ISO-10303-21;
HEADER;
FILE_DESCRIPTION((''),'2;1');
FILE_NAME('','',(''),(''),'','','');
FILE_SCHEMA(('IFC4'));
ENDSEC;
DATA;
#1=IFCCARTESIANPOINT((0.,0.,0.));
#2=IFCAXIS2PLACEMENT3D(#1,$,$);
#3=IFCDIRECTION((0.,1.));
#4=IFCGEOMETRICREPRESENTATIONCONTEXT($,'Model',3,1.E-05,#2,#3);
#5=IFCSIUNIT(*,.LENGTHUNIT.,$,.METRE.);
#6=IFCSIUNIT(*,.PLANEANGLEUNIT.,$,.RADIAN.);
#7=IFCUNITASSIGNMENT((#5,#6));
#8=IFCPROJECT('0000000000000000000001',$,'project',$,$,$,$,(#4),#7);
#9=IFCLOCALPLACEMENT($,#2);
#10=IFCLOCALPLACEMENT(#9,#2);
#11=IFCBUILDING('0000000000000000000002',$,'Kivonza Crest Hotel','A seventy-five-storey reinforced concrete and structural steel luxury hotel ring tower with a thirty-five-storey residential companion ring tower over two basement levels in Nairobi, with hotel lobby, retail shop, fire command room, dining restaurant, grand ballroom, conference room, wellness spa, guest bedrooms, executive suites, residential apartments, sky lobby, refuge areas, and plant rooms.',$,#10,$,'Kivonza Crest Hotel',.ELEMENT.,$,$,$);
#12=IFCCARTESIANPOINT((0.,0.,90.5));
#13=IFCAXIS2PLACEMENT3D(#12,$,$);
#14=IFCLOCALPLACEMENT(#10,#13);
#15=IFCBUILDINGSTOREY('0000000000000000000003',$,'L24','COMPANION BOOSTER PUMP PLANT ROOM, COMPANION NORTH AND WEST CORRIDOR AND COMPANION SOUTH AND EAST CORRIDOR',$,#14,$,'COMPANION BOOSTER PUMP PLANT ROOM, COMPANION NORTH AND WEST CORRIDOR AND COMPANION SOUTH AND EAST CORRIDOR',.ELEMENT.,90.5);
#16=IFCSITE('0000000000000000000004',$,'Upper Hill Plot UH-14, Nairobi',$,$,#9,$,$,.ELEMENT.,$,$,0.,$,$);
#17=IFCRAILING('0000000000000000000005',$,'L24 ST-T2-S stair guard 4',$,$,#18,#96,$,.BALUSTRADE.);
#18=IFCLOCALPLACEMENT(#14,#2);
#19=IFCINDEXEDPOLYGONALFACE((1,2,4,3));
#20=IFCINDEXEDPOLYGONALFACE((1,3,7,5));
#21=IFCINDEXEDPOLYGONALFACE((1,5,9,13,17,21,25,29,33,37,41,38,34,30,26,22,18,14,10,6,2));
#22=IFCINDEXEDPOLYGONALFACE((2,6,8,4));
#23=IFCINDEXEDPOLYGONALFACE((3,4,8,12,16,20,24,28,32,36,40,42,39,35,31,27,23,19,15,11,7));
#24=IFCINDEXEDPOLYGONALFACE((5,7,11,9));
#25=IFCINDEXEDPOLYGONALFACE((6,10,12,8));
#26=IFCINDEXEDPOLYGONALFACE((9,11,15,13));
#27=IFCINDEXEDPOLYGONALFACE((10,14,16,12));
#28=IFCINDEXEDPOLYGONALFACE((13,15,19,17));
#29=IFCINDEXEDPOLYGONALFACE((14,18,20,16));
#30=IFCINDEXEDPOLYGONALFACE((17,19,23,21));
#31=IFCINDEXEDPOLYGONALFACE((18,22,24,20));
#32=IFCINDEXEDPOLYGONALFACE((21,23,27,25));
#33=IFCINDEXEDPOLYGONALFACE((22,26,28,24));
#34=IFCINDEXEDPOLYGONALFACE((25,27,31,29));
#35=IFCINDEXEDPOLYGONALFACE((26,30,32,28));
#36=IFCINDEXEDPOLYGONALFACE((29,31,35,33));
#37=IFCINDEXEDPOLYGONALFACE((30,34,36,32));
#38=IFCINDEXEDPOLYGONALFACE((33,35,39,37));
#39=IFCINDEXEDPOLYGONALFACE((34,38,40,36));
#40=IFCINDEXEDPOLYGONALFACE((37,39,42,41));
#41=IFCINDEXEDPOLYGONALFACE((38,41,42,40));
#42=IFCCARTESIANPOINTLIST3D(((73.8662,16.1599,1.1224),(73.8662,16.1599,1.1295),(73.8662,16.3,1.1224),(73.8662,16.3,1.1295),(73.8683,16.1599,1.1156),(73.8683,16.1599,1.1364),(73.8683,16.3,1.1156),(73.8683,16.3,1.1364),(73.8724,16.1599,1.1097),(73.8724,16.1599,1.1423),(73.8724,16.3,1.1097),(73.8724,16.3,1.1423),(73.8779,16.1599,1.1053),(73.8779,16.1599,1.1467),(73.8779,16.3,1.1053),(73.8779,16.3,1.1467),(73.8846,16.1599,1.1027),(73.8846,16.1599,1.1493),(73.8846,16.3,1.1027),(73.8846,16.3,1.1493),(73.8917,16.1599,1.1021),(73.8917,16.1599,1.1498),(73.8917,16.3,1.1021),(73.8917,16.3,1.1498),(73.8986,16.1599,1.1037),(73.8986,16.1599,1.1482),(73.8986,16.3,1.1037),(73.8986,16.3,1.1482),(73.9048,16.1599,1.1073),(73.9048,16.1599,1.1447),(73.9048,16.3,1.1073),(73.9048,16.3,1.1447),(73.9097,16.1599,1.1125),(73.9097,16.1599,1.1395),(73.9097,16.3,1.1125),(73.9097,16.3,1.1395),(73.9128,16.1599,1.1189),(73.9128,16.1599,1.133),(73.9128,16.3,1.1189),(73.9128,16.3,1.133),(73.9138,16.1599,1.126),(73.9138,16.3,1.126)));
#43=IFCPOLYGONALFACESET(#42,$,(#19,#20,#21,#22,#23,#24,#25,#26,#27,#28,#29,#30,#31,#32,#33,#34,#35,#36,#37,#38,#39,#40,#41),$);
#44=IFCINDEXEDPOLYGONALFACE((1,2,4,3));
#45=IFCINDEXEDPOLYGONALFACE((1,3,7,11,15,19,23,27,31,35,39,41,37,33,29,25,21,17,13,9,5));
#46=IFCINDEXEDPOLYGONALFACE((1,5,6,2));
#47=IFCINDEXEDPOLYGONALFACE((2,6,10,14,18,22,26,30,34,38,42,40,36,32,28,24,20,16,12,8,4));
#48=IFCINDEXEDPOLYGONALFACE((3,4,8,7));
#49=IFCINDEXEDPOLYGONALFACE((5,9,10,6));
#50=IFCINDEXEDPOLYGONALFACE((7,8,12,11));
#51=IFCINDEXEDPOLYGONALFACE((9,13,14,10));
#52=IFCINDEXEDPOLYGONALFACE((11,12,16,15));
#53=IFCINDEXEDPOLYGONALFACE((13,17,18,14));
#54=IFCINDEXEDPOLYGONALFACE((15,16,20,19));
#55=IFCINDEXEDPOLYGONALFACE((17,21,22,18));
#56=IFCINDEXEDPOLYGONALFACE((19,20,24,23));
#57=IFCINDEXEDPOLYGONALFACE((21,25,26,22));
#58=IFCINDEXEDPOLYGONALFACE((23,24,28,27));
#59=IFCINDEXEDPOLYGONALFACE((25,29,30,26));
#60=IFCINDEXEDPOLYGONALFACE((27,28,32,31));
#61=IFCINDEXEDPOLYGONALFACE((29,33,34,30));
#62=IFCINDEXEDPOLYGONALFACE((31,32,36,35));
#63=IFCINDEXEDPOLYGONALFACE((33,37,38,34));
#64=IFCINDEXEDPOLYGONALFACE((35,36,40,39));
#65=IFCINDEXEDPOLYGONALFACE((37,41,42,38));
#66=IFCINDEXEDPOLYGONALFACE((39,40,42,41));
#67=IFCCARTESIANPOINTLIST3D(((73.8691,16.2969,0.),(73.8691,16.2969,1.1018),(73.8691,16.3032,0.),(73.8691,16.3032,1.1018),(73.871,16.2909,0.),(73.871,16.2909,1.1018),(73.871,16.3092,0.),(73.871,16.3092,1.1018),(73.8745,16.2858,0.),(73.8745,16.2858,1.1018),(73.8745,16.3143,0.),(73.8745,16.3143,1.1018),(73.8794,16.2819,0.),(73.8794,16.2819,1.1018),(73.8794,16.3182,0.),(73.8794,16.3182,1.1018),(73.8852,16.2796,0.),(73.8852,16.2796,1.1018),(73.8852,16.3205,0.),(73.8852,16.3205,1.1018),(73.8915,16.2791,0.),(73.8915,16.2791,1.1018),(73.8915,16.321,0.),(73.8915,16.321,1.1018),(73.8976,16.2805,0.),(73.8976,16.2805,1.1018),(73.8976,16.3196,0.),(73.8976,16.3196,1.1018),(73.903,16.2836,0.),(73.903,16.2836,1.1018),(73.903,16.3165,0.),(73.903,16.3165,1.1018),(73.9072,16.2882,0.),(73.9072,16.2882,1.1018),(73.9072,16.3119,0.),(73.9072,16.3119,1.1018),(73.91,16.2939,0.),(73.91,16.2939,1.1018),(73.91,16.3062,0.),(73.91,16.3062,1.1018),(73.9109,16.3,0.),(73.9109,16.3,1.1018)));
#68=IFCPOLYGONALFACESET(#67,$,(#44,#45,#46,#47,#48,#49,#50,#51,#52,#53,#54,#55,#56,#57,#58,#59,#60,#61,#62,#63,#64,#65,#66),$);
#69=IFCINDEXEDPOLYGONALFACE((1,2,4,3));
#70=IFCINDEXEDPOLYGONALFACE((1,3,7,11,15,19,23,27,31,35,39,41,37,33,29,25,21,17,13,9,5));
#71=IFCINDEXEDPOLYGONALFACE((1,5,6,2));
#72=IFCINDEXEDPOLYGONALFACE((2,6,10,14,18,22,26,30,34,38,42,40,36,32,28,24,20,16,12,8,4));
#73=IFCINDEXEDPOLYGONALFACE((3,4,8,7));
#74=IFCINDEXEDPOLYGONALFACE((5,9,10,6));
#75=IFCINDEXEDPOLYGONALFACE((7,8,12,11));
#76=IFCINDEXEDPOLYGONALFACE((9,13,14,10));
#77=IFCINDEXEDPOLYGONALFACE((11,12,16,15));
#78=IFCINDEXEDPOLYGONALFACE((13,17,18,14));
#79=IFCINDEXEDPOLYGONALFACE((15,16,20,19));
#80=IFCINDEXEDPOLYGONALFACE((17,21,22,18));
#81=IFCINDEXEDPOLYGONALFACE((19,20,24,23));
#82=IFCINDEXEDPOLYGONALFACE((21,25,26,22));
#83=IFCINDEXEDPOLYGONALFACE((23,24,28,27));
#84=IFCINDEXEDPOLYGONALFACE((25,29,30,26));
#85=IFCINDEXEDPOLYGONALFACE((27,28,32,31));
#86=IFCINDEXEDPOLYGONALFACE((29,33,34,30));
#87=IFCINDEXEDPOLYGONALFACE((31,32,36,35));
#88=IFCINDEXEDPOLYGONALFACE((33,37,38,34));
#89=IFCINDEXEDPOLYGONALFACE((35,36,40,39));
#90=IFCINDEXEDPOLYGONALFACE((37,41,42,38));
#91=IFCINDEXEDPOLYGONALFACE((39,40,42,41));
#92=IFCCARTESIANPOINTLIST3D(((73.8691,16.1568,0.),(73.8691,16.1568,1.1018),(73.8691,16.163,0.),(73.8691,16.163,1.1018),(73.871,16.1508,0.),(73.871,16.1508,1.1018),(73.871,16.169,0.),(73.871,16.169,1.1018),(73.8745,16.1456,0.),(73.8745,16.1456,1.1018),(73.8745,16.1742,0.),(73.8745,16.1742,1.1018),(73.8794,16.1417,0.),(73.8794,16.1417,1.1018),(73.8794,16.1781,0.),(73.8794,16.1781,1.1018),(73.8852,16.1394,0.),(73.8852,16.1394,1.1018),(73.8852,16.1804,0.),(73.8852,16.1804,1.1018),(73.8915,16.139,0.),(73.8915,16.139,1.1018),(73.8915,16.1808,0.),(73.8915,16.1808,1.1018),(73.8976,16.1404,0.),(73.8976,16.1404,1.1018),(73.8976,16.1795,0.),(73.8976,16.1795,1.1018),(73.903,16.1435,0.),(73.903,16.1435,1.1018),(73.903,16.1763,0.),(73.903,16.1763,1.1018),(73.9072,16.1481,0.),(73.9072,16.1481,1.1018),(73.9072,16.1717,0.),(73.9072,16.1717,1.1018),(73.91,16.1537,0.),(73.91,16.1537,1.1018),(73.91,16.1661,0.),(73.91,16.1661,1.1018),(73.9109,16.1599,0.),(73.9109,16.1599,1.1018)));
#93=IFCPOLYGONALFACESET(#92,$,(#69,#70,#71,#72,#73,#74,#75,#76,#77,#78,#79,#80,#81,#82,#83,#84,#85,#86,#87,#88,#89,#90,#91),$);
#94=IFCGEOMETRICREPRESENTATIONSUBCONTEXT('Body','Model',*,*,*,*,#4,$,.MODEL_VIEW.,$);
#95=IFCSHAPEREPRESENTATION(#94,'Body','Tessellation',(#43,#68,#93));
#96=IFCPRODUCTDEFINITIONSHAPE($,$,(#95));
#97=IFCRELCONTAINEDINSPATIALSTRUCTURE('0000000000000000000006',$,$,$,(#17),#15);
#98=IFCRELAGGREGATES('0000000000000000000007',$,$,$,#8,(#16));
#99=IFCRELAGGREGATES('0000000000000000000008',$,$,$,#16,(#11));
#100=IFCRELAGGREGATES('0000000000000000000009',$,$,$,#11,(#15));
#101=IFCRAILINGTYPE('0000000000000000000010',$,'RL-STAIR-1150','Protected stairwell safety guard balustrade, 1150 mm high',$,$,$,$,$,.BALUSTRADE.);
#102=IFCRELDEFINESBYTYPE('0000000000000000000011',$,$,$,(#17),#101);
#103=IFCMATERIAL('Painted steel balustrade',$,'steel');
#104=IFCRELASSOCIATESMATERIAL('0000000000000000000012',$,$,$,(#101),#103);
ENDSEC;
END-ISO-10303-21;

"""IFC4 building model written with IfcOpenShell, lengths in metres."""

from ifc_helpers import new_model, si_unit, direction, frame, origin, origin_2d, place, context, subcontext, project, spatial, circle, extrude, material, type_object, element, save


model = new_model("IFC4")

# Units and contexts
model_context = context("Model", 3, precision=1e-05, world=origin(), true_north=direction((0.0, 1.0)))
body_context = subcontext(model_context, "Body", "Model", "MODEL_VIEW")
ifc_project = project(units=[si_unit("LENGTHUNIT", "METRE"), si_unit("PLANEANGLEUNIT", "RADIAN")], contexts=[model_context])

# Site, building, storey
site_placement = place(None, origin())
site = spatial("IfcSite", under=ifc_project, at=site_placement, Name="Upper Hill Plot UH-14, Nairobi", CompositionType="ELEMENT", RefElevation=0.0)
building_placement = place(site_placement, origin())
building = spatial("IfcBuilding", under=site, at=building_placement, Name="Kivonza Crest Hotel", Description="A seventy-five-storey reinforced concrete and structural steel luxury hotel ring tower with a thirty-five-storey residential companion ring tower over two basement levels in Nairobi, with hotel lobby, retail shop, fire command room, dining restaurant, grand ballroom, conference room, wellness spa, guest bedrooms, executive suites, residential apartments, sky lobby, refuge areas, and plant rooms.", LongName="Kivonza Crest Hotel", CompositionType="ELEMENT")
storey_placement = place(building_placement, frame((0.0, 0.0, 90.5)))
storey = spatial("IfcBuildingStorey", under=building, at=storey_placement, Name="L24", Description="COMPANION BOOSTER PUMP PLANT ROOM, COMPANION NORTH AND WEST CORRIDOR AND COMPANION SOUTH AND EAST CORRIDOR", LongName="COMPANION BOOSTER PUMP PLANT ROOM, COMPANION NORTH AND WEST CORRIDOR AND COMPANION SOUTH AND EAST CORRIDOR", CompositionType="ELEMENT", Elevation=90.5)

# Railing
ifc_material_1 = material(Name="Painted steel balustrade", Category="steel")
railing_type_1 = type_object("IfcRailingType", Name="RL-STAIR-1150", Description="Protected stairwell safety guard balustrade, 1150 mm high", PredefinedType="BALUSTRADE", material=ifc_material_1)
railing_1_placement = place(storey_placement, frame((73.8899, 16.3, 0.0)))
element("IfcRailing", 1, at=railing_1_placement, inside=storey, type_object=railing_type_1, Name="L24 ST-T2-S stair guard 4", PredefinedType="BALUSTRADE", context=body_context, shape_type="SweptSolid", body=[
    extrude(circle(Radius=0.0239, at=origin_2d()), frame((0.0, 0.0, 1.126), z_axis=(0.0, -1.0, 0.0), x_axis=(1.0, 0.0, 0.0)), (0.0, 0.0, 1.0), 0.1401),
    extrude(circle(Radius=0.021, at=origin_2d()), origin(), (0.0, 0.0, 1.0), 1.1018),
    extrude(circle(Radius=0.021, at=origin_2d()), frame((0.0, -0.1401, 0.0)), (0.0, 0.0, 1.0), 1.1018),
])

save(model, "model.ifc")
